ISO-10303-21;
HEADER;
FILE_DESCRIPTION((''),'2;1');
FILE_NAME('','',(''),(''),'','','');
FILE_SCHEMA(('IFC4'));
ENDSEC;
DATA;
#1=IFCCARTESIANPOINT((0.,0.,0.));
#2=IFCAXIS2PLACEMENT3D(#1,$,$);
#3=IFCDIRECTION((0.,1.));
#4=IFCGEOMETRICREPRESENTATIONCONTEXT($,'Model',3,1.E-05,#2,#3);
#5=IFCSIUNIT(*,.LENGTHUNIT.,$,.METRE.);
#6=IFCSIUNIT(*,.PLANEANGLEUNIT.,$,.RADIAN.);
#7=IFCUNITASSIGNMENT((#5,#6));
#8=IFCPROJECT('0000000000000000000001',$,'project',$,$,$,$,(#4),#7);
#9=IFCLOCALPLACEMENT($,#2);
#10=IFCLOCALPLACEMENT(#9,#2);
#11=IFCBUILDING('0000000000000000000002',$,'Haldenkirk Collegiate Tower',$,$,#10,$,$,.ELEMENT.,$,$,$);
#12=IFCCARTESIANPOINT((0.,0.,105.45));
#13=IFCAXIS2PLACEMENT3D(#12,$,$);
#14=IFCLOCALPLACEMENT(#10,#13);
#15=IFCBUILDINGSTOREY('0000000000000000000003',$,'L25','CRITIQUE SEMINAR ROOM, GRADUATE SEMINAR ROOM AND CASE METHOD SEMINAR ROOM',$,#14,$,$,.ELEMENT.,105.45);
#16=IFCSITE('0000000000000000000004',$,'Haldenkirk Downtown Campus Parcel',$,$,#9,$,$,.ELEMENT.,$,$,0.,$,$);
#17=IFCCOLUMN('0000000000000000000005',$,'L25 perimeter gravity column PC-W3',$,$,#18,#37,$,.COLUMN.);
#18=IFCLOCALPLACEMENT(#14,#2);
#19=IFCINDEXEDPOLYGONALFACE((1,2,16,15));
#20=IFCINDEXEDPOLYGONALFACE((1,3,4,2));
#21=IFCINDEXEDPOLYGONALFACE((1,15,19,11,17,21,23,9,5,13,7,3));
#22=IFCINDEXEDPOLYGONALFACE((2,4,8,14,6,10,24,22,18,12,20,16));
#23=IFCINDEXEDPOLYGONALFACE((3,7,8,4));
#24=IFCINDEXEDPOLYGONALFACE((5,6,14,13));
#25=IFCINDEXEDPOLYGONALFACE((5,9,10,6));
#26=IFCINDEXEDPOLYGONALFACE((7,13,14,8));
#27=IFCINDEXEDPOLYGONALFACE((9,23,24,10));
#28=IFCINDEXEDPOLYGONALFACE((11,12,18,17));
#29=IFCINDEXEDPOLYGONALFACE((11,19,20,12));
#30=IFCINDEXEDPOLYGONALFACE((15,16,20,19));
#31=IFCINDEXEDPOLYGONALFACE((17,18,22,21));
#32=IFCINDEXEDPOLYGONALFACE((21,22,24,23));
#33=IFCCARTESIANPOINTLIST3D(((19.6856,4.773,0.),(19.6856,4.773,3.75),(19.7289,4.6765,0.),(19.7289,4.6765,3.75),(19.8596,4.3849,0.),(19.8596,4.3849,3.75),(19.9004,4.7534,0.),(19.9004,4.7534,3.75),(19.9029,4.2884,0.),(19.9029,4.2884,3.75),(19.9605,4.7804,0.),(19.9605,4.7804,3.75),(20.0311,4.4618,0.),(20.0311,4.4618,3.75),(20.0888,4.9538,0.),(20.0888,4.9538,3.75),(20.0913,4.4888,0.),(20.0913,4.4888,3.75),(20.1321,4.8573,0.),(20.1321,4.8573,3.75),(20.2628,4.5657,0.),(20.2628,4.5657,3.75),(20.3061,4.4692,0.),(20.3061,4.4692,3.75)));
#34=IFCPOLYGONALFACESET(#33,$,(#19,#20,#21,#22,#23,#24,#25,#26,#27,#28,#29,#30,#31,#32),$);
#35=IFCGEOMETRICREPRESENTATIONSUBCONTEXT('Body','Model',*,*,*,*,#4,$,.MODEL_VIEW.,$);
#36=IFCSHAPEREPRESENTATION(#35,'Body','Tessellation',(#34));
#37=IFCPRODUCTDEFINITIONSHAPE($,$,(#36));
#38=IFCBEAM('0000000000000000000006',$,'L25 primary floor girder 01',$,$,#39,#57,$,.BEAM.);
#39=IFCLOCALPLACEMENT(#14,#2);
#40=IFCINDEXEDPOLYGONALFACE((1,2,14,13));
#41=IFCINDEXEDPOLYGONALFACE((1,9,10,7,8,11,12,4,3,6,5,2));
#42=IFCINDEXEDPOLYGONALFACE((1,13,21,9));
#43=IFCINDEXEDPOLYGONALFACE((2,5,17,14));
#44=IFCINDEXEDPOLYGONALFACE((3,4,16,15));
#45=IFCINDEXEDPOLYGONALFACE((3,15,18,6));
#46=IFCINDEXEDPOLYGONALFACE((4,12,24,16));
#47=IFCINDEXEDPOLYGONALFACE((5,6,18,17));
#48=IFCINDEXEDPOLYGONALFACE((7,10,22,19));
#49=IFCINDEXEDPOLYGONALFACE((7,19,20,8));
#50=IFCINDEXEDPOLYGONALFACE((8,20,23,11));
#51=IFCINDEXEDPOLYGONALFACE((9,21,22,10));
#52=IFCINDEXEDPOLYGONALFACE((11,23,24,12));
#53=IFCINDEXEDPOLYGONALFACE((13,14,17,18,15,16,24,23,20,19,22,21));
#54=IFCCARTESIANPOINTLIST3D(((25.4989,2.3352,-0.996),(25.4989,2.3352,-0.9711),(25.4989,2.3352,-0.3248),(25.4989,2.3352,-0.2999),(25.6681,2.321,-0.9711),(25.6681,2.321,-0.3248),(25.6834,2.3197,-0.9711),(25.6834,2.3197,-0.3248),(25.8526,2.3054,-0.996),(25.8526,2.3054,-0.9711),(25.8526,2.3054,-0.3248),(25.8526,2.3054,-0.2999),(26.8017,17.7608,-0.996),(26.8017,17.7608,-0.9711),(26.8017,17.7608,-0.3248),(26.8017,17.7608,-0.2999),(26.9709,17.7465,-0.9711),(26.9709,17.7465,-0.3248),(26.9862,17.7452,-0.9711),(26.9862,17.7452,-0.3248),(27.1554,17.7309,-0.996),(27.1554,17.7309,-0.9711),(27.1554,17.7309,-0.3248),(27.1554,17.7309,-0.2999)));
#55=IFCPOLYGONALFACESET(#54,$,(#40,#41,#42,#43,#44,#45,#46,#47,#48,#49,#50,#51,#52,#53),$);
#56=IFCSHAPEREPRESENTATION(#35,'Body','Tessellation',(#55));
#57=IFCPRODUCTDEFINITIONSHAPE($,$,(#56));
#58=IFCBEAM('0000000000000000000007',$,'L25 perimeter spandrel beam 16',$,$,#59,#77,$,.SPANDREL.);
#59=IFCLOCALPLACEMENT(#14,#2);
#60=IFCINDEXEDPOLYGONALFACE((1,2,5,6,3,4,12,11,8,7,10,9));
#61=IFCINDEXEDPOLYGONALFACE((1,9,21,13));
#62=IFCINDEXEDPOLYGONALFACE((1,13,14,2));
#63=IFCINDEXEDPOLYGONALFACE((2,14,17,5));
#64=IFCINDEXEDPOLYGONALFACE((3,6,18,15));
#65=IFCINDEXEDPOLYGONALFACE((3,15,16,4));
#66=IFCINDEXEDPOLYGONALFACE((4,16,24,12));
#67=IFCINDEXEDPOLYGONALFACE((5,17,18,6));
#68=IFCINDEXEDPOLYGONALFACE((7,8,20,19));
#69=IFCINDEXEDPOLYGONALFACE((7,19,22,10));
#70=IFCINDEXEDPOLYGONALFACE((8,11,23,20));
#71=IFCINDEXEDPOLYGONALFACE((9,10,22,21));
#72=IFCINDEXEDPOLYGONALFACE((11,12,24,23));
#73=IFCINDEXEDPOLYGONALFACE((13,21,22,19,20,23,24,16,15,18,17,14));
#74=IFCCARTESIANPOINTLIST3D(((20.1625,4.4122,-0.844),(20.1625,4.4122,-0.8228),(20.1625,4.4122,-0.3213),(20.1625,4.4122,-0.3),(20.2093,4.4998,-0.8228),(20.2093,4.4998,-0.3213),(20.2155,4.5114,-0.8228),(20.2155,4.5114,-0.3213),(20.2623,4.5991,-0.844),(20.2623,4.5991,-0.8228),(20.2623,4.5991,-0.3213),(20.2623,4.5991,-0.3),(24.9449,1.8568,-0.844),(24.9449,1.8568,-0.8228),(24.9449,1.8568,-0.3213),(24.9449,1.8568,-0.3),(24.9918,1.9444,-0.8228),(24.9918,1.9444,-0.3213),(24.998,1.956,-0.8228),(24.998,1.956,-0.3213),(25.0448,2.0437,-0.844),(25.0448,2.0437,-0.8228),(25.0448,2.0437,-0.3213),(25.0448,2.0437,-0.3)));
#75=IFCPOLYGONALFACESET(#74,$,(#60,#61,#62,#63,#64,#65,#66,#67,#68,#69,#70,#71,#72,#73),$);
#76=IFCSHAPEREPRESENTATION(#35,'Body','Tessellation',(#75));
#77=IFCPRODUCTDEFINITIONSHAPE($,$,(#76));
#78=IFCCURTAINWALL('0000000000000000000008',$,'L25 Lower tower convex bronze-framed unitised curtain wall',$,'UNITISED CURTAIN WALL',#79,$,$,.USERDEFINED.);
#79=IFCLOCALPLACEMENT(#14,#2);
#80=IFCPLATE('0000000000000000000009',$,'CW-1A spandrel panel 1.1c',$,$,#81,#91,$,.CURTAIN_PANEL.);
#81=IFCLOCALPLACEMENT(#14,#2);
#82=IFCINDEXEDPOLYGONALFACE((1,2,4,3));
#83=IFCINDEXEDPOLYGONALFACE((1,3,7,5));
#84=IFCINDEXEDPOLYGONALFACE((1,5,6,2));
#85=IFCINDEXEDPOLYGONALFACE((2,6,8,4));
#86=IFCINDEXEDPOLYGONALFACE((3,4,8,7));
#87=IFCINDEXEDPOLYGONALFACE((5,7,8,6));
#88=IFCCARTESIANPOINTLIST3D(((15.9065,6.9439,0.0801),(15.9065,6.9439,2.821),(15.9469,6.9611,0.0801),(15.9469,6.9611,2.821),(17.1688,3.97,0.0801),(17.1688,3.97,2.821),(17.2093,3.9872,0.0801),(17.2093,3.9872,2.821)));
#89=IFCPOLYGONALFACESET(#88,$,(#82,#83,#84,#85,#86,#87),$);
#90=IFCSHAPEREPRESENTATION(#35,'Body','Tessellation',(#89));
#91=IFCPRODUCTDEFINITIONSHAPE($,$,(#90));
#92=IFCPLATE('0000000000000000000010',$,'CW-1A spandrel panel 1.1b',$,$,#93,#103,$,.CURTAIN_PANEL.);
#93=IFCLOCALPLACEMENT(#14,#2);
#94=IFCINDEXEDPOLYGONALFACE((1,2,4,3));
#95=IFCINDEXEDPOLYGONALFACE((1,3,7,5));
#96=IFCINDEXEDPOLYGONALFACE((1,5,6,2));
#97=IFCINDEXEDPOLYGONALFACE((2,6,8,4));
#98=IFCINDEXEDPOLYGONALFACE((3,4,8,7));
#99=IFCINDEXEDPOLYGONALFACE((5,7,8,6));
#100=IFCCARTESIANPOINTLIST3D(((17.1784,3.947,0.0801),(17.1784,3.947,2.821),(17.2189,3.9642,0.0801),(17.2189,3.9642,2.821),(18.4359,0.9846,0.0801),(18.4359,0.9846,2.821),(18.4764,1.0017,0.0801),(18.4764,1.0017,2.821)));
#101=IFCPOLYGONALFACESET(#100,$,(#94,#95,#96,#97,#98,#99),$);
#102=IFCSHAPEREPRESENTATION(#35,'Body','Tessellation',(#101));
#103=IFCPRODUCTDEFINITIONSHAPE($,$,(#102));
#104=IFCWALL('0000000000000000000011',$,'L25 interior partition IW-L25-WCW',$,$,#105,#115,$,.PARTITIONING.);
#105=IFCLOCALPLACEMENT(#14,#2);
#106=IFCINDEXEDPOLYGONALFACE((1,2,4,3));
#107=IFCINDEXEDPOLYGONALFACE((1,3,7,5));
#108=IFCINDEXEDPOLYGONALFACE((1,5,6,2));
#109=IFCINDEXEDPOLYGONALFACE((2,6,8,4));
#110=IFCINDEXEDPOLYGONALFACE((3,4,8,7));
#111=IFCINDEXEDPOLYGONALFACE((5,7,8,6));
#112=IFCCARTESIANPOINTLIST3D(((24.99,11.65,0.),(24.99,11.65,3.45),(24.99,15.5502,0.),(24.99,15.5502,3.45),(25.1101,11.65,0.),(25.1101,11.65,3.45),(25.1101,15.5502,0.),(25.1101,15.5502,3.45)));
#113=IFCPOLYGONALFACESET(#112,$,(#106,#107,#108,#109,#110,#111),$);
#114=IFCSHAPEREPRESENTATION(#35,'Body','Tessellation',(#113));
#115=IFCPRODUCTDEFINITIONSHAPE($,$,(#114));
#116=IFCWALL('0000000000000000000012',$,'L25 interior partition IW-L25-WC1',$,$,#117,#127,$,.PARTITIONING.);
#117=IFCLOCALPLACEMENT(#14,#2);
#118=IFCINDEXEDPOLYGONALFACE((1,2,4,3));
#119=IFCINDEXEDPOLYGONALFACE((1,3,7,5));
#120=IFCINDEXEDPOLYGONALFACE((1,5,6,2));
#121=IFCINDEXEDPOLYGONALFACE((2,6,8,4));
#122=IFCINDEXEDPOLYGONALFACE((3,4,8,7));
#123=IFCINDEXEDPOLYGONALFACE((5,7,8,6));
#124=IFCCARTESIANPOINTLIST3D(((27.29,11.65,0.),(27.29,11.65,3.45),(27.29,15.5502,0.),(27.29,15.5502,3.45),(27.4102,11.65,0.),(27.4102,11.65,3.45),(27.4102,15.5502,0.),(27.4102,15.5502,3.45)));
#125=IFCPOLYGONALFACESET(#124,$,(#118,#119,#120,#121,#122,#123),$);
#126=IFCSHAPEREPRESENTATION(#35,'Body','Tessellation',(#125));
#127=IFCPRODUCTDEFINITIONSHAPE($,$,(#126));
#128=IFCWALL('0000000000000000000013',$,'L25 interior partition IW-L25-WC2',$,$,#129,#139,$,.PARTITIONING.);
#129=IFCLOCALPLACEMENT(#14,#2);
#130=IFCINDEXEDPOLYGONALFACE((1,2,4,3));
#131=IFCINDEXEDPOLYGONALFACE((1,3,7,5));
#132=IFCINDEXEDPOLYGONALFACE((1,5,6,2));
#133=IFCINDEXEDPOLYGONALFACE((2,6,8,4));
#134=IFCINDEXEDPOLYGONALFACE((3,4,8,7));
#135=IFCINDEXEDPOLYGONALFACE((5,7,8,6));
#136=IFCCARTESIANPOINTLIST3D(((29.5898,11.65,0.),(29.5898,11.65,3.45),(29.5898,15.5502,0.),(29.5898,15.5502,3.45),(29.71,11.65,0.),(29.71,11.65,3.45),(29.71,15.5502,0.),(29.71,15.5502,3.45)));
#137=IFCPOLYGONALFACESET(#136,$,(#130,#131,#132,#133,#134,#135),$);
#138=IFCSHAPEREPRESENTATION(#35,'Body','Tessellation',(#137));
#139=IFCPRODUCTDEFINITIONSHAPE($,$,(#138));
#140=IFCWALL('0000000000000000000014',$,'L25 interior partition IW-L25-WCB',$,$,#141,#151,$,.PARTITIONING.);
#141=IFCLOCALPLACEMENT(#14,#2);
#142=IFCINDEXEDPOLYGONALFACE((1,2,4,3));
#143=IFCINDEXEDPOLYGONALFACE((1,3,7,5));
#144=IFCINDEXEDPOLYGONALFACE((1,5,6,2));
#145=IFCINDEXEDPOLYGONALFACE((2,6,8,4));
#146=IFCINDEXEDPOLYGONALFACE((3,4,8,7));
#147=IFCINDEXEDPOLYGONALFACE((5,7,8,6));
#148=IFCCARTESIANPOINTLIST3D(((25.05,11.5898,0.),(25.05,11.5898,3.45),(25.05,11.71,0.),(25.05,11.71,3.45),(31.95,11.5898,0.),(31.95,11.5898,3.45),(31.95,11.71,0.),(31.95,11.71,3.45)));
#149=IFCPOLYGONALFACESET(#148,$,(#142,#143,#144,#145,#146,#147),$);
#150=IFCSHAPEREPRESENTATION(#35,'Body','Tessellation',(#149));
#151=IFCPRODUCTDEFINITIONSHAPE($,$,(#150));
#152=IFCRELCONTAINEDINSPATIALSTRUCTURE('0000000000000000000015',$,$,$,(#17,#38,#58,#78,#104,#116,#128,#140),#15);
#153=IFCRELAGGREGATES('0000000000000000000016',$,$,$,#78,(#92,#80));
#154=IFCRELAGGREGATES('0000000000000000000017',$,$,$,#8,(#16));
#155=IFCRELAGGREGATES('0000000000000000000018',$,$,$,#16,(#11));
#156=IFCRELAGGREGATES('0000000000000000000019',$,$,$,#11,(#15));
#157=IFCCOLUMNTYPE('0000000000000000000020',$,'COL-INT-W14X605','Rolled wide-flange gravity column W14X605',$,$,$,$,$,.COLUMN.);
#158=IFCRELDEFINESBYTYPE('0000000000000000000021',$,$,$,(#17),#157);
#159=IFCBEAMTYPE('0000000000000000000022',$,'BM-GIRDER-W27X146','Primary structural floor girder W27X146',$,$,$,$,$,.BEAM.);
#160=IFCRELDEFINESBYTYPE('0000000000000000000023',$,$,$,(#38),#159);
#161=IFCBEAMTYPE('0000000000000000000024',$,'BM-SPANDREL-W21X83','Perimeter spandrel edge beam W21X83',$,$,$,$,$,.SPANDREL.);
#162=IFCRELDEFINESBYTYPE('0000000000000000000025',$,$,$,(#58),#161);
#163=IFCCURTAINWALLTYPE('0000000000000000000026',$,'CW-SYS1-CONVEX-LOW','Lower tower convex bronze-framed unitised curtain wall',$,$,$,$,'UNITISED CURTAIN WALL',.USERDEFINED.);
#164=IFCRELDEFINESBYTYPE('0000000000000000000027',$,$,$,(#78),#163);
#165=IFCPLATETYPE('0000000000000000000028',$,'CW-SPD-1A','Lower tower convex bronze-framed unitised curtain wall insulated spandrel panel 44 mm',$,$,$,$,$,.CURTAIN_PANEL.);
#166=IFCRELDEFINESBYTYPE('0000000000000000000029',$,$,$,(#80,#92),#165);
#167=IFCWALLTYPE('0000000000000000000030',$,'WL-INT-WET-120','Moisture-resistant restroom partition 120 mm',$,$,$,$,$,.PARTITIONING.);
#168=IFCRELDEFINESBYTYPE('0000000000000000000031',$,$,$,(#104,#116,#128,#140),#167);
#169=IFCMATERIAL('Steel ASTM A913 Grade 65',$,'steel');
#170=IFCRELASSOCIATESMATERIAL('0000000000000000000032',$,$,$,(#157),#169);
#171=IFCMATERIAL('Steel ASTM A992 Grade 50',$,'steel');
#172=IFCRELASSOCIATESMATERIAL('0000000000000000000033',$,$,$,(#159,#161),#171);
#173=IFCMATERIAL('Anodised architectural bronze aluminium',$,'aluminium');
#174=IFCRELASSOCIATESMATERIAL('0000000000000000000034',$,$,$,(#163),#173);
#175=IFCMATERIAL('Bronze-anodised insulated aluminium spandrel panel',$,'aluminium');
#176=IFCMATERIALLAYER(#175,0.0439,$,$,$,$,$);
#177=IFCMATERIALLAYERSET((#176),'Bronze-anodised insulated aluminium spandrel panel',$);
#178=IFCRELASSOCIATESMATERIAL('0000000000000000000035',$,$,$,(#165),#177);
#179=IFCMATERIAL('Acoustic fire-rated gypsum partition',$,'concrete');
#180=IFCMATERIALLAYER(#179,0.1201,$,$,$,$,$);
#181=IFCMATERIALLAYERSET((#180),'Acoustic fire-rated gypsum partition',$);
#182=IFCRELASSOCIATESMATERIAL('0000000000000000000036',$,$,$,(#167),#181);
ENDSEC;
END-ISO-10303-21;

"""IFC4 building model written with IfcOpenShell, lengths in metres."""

from ifc_helpers import new_model, si_unit, direction, frame, frame_2d, origin, origin_2d, place, context, subcontext, project, spatial, rectangle, i_section, extrude, source, transform, mapped, material, layer, layer_set, material_profile, profile_set, type_object, element, aggregate, save


model = new_model("IFC4")

# Units and contexts
model_context = context("Model", 3, precision=1e-05, world=origin(), true_north=direction((0.0, 1.0)))
body_context = subcontext(model_context, "Body", "Model", "MODEL_VIEW")
ifc_project = project(units=[si_unit("LENGTHUNIT", "METRE"), si_unit("PLANEANGLEUNIT", "RADIAN")], contexts=[model_context])

# Site, building, storey
site_placement = place(None, origin())
site = spatial("IfcSite", under=ifc_project, at=site_placement, Name="Haldenkirk Downtown Campus Parcel", CompositionType="ELEMENT", RefElevation=0.0)
building_placement = place(site_placement, origin())
building = spatial("IfcBuilding", under=site, at=building_placement, Name="Haldenkirk Collegiate Tower", CompositionType="ELEMENT")
storey_placement = place(building_placement, frame((0.0, 0.0, 105.45)))
storey = spatial("IfcBuildingStorey", under=building, at=storey_placement, Name="L25", Description="CRITIQUE SEMINAR ROOM, GRADUATE SEMINAR ROOM AND CASE METHOD SEMINAR ROOM", CompositionType="ELEMENT", Elevation=105.45)

# Column
ifc_material_1 = material(Name="Steel ASTM A913 Grade 65", Category="steel")
ifc_material_profile_1 = material_profile(ifc_material_1, i_section(OverallWidth=0.4419, OverallDepth=0.531, WebThickness=0.0659, FlangeThickness=0.1057, at=origin_2d()), Name="W14X605")
ifc_profile_set_1 = profile_set([ifc_material_profile_1], Name="Steel ASTM A913 Grade 65")
column_type = type_object("IfcColumnType", Name="COL-INT-W14X605", Description="Rolled wide-flange gravity column W14X605", PredefinedType="COLUMN", material=ifc_profile_set_1)
column_placement = place(storey_placement, frame((19.9958, 4.6211, 0.0), z_axis=(0.0, 0.0, 1.0), x_axis=(0.912477, 0.409127, 0.0)))
element("IfcColumn", 1, at=column_placement, inside=storey, type_object=column_type, Name="L25 perimeter gravity column PC-W3", PredefinedType="COLUMN", context=body_context, shape_type="SweptSolid", body=[
    extrude(i_section(OverallWidth=0.4419, OverallDepth=0.531, WebThickness=0.0659, FlangeThickness=0.1057, at=origin_2d()), origin(), (0.0, 0.0, 1.0), 3.75),
])

# Beams
ifc_material_2 = material(Name="Steel ASTM A992 Grade 50", Category="steel")
ifc_material_profile_2 = material_profile(ifc_material_2, i_section(OverallWidth=0.355, OverallDepth=0.696, WebThickness=0.0154, FlangeThickness=0.0249, at=origin_2d()), Name="W27X146")
ifc_profile_set_2 = profile_set([ifc_material_profile_2], Name="Steel ASTM A992 Grade 50")
beam_type_1 = type_object("IfcBeamType", Name="BM-GIRDER-W27X146", Description="Primary structural floor girder W27X146", PredefinedType="BEAM", material=ifc_profile_set_2)
beam_1_placement = place(storey_placement, frame((25.6758, 2.3203, -0.6479), z_axis=(0.084154, 0.996453, 0.0), x_axis=(-0.996453, 0.084154, 0.0)))
element("IfcBeam", 2, at=beam_1_placement, inside=storey, type_object=beam_type_1, Name="L25 primary floor girder 01", PredefinedType="BEAM", context=body_context, shape_type="SweptSolid", body=[
    extrude(i_section(OverallWidth=0.355, OverallDepth=0.696, WebThickness=0.0154, FlangeThickness=0.0249, at=origin_2d()), origin(), (0.0, 0.0, 1.0), 15.4805),
])
ifc_material_profile_3 = material_profile(ifc_material_2, i_section(OverallWidth=0.2119, OverallDepth=0.5439, WebThickness=0.0132, FlangeThickness=0.0212, at=origin_2d()), Name="W21X83")
ifc_profile_set_3 = profile_set([ifc_material_profile_3], Name="Steel ASTM A992 Grade 50")
beam_type_2 = type_object("IfcBeamType", Name="BM-SPANDREL-W21X83", Description="Perimeter spandrel edge beam W21X83", PredefinedType="SPANDREL", material=ifc_profile_set_3)
beam_2_placement = place(storey_placement, frame((20.2124, 4.5056, -0.572), z_axis=(0.881987, -0.471273, 0.0), x_axis=(0.471273, 0.881987, 0.0)))
element("IfcBeam", 3, at=beam_2_placement, inside=storey, type_object=beam_type_2, Name="L25 perimeter spandrel beam 16", PredefinedType="SPANDREL", context=body_context, shape_type="SweptSolid", body=[
    extrude(i_section(OverallWidth=0.2119, OverallDepth=0.5439, WebThickness=0.0132, FlangeThickness=0.0212, at=origin_2d()), origin(), (0.0, 0.0, 1.0), 5.4224),
])

# Curtain wall, plates
ifc_material_3 = material(Name="Anodised architectural bronze aluminium", Category="aluminium")
curtain_wall_type = type_object("IfcCurtainWallType", Name="CW-SYS1-CONVEX-LOW", Description="Lower tower convex bronze-framed unitised curtain wall", ElementType="UNITISED CURTAIN WALL", PredefinedType="USERDEFINED", material=ifc_material_3)
curtain_wall_placement = place(storey_placement, origin())
curtain_wall = element("IfcCurtainWall", 4, at=curtain_wall_placement, inside=storey, type_object=curtain_wall_type, Name="L25 Lower tower convex bronze-framed unitised curtain wall", ObjectType="UNITISED CURTAIN WALL", PredefinedType="USERDEFINED")
ifc_material_4 = material(Name="Bronze-anodised insulated aluminium spandrel panel", Category="aluminium")
ifc_layer_1 = layer(ifc_material_4, 0.0439)
ifc_layer_set_1 = layer_set([ifc_layer_1], Name="Bronze-anodised insulated aluminium spandrel panel")
plate_type = type_object("IfcPlateType", Name="CW-SPD-1A", Description="Lower tower convex bronze-framed unitised curtain wall insulated spandrel panel 44 mm", PredefinedType="CURTAIN_PANEL", material=ifc_layer_set_1)
shared_shape_1 = source(origin(), body_context, "Body", "SweptSolid", [
    extrude(rectangle(XDim=3.2307, YDim=0.0439, at=origin_2d()), origin(), (0.0, 0.0, 1.0), 2.741),
])
plate_1_placement = place(storey_placement, frame((16.5579, 5.4656, 0.0801), z_axis=(0.0, 0.0, 1.0), x_axis=(-0.39073, 0.920505, 0.0)))
plate_1 = element("IfcPlate", 5, at=plate_1_placement, type_object=plate_type, Name="CW-1A spandrel panel 1.1c", PredefinedType="CURTAIN_PANEL", context=body_context, shape_type="MappedRepresentation", body=[
    mapped(shared_shape_1, transform((0.0, 0.0, 0.0), x_axis=(1.0, 0.0, 0.0), y_axis=(0.0, 1.0, 0.0), z_axis=(0.0, 0.0, 1.0), scale=1.0)),
])
shared_shape_2 = source(origin(), body_context, "Body", "SweptSolid", [
    extrude(rectangle(XDim=3.2183, YDim=0.0439, at=origin_2d()), origin(), (0.0, 0.0, 1.0), 2.741),
])
plate_2_placement = place(storey_placement, frame((17.8274, 2.4744, 0.0801), z_axis=(0.0, 0.0, 1.0), x_axis=(-0.39073, 0.920505, 0.0)))
plate_2 = element("IfcPlate", 6, at=plate_2_placement, type_object=plate_type, Name="CW-1A spandrel panel 1.1b", PredefinedType="CURTAIN_PANEL", context=body_context, shape_type="MappedRepresentation", body=[
    mapped(shared_shape_2, transform((0.0, 0.0, 0.0), x_axis=(1.0, 0.0, 0.0), y_axis=(0.0, 1.0, 0.0), z_axis=(0.0, 0.0, 1.0), scale=1.0)),
])
aggregate(curtain_wall, [plate_2, plate_1])

# Walls
ifc_material_5 = material(Name="Acoustic fire-rated gypsum partition", Category="concrete")
ifc_layer_2 = layer(ifc_material_5, 0.1201)
ifc_layer_set_2 = layer_set([ifc_layer_2], Name="Acoustic fire-rated gypsum partition")
wall_type = type_object("IfcWallType", Name="WL-INT-WET-120", Description="Moisture-resistant restroom partition 120 mm", PredefinedType="PARTITIONING", material=ifc_layer_set_2)
for number, where, z_axis, x_axis, name in (
    (7, (25.05, 11.6499, 0.0), (0.0, 0.0, 1.0), (0.0, 1.0, 0.0), "L25 interior partition IW-L25-WCW"),
    (8, (27.3501, 11.6499, 0.0), (0.0, 0.0, 1.0), (0.0, 1.0, 0.0), "L25 interior partition IW-L25-WC1"),
    (9, (29.6499, 11.6499, 0.0), (0.0, 0.0, 1.0), (0.0, 1.0, 0.0), "L25 interior partition IW-L25-WC2"),
):
    element("IfcWall", number, at=place(storey_placement, frame(where, z_axis=z_axis, x_axis=x_axis)), inside=storey, type_object=wall_type, Name=name, PredefinedType="PARTITIONING", context=body_context, shape_type="SweptSolid", body=[
        extrude(rectangle(XDim=3.9001, YDim=0.1201, at=frame_2d((1.9502, 0.0))), origin(), (0.0, 0.0, 1.0), 3.45),
    ])
wall_placement = place(storey_placement, frame((25.05, 11.6499, 0.0), z_axis=(0.0, 0.0, 1.0), x_axis=(1.0, 0.0, 0.0)))
element("IfcWall", 10, at=wall_placement, inside=storey, type_object=wall_type, Name="L25 interior partition IW-L25-WCB", PredefinedType="PARTITIONING", context=body_context, shape_type="SweptSolid", body=[
    extrude(rectangle(XDim=6.8999, YDim=0.1201, at=frame_2d((3.45, 0.0))), origin(), (0.0, 0.0, 1.0), 3.45),
])

save(model, "model.ifc")
